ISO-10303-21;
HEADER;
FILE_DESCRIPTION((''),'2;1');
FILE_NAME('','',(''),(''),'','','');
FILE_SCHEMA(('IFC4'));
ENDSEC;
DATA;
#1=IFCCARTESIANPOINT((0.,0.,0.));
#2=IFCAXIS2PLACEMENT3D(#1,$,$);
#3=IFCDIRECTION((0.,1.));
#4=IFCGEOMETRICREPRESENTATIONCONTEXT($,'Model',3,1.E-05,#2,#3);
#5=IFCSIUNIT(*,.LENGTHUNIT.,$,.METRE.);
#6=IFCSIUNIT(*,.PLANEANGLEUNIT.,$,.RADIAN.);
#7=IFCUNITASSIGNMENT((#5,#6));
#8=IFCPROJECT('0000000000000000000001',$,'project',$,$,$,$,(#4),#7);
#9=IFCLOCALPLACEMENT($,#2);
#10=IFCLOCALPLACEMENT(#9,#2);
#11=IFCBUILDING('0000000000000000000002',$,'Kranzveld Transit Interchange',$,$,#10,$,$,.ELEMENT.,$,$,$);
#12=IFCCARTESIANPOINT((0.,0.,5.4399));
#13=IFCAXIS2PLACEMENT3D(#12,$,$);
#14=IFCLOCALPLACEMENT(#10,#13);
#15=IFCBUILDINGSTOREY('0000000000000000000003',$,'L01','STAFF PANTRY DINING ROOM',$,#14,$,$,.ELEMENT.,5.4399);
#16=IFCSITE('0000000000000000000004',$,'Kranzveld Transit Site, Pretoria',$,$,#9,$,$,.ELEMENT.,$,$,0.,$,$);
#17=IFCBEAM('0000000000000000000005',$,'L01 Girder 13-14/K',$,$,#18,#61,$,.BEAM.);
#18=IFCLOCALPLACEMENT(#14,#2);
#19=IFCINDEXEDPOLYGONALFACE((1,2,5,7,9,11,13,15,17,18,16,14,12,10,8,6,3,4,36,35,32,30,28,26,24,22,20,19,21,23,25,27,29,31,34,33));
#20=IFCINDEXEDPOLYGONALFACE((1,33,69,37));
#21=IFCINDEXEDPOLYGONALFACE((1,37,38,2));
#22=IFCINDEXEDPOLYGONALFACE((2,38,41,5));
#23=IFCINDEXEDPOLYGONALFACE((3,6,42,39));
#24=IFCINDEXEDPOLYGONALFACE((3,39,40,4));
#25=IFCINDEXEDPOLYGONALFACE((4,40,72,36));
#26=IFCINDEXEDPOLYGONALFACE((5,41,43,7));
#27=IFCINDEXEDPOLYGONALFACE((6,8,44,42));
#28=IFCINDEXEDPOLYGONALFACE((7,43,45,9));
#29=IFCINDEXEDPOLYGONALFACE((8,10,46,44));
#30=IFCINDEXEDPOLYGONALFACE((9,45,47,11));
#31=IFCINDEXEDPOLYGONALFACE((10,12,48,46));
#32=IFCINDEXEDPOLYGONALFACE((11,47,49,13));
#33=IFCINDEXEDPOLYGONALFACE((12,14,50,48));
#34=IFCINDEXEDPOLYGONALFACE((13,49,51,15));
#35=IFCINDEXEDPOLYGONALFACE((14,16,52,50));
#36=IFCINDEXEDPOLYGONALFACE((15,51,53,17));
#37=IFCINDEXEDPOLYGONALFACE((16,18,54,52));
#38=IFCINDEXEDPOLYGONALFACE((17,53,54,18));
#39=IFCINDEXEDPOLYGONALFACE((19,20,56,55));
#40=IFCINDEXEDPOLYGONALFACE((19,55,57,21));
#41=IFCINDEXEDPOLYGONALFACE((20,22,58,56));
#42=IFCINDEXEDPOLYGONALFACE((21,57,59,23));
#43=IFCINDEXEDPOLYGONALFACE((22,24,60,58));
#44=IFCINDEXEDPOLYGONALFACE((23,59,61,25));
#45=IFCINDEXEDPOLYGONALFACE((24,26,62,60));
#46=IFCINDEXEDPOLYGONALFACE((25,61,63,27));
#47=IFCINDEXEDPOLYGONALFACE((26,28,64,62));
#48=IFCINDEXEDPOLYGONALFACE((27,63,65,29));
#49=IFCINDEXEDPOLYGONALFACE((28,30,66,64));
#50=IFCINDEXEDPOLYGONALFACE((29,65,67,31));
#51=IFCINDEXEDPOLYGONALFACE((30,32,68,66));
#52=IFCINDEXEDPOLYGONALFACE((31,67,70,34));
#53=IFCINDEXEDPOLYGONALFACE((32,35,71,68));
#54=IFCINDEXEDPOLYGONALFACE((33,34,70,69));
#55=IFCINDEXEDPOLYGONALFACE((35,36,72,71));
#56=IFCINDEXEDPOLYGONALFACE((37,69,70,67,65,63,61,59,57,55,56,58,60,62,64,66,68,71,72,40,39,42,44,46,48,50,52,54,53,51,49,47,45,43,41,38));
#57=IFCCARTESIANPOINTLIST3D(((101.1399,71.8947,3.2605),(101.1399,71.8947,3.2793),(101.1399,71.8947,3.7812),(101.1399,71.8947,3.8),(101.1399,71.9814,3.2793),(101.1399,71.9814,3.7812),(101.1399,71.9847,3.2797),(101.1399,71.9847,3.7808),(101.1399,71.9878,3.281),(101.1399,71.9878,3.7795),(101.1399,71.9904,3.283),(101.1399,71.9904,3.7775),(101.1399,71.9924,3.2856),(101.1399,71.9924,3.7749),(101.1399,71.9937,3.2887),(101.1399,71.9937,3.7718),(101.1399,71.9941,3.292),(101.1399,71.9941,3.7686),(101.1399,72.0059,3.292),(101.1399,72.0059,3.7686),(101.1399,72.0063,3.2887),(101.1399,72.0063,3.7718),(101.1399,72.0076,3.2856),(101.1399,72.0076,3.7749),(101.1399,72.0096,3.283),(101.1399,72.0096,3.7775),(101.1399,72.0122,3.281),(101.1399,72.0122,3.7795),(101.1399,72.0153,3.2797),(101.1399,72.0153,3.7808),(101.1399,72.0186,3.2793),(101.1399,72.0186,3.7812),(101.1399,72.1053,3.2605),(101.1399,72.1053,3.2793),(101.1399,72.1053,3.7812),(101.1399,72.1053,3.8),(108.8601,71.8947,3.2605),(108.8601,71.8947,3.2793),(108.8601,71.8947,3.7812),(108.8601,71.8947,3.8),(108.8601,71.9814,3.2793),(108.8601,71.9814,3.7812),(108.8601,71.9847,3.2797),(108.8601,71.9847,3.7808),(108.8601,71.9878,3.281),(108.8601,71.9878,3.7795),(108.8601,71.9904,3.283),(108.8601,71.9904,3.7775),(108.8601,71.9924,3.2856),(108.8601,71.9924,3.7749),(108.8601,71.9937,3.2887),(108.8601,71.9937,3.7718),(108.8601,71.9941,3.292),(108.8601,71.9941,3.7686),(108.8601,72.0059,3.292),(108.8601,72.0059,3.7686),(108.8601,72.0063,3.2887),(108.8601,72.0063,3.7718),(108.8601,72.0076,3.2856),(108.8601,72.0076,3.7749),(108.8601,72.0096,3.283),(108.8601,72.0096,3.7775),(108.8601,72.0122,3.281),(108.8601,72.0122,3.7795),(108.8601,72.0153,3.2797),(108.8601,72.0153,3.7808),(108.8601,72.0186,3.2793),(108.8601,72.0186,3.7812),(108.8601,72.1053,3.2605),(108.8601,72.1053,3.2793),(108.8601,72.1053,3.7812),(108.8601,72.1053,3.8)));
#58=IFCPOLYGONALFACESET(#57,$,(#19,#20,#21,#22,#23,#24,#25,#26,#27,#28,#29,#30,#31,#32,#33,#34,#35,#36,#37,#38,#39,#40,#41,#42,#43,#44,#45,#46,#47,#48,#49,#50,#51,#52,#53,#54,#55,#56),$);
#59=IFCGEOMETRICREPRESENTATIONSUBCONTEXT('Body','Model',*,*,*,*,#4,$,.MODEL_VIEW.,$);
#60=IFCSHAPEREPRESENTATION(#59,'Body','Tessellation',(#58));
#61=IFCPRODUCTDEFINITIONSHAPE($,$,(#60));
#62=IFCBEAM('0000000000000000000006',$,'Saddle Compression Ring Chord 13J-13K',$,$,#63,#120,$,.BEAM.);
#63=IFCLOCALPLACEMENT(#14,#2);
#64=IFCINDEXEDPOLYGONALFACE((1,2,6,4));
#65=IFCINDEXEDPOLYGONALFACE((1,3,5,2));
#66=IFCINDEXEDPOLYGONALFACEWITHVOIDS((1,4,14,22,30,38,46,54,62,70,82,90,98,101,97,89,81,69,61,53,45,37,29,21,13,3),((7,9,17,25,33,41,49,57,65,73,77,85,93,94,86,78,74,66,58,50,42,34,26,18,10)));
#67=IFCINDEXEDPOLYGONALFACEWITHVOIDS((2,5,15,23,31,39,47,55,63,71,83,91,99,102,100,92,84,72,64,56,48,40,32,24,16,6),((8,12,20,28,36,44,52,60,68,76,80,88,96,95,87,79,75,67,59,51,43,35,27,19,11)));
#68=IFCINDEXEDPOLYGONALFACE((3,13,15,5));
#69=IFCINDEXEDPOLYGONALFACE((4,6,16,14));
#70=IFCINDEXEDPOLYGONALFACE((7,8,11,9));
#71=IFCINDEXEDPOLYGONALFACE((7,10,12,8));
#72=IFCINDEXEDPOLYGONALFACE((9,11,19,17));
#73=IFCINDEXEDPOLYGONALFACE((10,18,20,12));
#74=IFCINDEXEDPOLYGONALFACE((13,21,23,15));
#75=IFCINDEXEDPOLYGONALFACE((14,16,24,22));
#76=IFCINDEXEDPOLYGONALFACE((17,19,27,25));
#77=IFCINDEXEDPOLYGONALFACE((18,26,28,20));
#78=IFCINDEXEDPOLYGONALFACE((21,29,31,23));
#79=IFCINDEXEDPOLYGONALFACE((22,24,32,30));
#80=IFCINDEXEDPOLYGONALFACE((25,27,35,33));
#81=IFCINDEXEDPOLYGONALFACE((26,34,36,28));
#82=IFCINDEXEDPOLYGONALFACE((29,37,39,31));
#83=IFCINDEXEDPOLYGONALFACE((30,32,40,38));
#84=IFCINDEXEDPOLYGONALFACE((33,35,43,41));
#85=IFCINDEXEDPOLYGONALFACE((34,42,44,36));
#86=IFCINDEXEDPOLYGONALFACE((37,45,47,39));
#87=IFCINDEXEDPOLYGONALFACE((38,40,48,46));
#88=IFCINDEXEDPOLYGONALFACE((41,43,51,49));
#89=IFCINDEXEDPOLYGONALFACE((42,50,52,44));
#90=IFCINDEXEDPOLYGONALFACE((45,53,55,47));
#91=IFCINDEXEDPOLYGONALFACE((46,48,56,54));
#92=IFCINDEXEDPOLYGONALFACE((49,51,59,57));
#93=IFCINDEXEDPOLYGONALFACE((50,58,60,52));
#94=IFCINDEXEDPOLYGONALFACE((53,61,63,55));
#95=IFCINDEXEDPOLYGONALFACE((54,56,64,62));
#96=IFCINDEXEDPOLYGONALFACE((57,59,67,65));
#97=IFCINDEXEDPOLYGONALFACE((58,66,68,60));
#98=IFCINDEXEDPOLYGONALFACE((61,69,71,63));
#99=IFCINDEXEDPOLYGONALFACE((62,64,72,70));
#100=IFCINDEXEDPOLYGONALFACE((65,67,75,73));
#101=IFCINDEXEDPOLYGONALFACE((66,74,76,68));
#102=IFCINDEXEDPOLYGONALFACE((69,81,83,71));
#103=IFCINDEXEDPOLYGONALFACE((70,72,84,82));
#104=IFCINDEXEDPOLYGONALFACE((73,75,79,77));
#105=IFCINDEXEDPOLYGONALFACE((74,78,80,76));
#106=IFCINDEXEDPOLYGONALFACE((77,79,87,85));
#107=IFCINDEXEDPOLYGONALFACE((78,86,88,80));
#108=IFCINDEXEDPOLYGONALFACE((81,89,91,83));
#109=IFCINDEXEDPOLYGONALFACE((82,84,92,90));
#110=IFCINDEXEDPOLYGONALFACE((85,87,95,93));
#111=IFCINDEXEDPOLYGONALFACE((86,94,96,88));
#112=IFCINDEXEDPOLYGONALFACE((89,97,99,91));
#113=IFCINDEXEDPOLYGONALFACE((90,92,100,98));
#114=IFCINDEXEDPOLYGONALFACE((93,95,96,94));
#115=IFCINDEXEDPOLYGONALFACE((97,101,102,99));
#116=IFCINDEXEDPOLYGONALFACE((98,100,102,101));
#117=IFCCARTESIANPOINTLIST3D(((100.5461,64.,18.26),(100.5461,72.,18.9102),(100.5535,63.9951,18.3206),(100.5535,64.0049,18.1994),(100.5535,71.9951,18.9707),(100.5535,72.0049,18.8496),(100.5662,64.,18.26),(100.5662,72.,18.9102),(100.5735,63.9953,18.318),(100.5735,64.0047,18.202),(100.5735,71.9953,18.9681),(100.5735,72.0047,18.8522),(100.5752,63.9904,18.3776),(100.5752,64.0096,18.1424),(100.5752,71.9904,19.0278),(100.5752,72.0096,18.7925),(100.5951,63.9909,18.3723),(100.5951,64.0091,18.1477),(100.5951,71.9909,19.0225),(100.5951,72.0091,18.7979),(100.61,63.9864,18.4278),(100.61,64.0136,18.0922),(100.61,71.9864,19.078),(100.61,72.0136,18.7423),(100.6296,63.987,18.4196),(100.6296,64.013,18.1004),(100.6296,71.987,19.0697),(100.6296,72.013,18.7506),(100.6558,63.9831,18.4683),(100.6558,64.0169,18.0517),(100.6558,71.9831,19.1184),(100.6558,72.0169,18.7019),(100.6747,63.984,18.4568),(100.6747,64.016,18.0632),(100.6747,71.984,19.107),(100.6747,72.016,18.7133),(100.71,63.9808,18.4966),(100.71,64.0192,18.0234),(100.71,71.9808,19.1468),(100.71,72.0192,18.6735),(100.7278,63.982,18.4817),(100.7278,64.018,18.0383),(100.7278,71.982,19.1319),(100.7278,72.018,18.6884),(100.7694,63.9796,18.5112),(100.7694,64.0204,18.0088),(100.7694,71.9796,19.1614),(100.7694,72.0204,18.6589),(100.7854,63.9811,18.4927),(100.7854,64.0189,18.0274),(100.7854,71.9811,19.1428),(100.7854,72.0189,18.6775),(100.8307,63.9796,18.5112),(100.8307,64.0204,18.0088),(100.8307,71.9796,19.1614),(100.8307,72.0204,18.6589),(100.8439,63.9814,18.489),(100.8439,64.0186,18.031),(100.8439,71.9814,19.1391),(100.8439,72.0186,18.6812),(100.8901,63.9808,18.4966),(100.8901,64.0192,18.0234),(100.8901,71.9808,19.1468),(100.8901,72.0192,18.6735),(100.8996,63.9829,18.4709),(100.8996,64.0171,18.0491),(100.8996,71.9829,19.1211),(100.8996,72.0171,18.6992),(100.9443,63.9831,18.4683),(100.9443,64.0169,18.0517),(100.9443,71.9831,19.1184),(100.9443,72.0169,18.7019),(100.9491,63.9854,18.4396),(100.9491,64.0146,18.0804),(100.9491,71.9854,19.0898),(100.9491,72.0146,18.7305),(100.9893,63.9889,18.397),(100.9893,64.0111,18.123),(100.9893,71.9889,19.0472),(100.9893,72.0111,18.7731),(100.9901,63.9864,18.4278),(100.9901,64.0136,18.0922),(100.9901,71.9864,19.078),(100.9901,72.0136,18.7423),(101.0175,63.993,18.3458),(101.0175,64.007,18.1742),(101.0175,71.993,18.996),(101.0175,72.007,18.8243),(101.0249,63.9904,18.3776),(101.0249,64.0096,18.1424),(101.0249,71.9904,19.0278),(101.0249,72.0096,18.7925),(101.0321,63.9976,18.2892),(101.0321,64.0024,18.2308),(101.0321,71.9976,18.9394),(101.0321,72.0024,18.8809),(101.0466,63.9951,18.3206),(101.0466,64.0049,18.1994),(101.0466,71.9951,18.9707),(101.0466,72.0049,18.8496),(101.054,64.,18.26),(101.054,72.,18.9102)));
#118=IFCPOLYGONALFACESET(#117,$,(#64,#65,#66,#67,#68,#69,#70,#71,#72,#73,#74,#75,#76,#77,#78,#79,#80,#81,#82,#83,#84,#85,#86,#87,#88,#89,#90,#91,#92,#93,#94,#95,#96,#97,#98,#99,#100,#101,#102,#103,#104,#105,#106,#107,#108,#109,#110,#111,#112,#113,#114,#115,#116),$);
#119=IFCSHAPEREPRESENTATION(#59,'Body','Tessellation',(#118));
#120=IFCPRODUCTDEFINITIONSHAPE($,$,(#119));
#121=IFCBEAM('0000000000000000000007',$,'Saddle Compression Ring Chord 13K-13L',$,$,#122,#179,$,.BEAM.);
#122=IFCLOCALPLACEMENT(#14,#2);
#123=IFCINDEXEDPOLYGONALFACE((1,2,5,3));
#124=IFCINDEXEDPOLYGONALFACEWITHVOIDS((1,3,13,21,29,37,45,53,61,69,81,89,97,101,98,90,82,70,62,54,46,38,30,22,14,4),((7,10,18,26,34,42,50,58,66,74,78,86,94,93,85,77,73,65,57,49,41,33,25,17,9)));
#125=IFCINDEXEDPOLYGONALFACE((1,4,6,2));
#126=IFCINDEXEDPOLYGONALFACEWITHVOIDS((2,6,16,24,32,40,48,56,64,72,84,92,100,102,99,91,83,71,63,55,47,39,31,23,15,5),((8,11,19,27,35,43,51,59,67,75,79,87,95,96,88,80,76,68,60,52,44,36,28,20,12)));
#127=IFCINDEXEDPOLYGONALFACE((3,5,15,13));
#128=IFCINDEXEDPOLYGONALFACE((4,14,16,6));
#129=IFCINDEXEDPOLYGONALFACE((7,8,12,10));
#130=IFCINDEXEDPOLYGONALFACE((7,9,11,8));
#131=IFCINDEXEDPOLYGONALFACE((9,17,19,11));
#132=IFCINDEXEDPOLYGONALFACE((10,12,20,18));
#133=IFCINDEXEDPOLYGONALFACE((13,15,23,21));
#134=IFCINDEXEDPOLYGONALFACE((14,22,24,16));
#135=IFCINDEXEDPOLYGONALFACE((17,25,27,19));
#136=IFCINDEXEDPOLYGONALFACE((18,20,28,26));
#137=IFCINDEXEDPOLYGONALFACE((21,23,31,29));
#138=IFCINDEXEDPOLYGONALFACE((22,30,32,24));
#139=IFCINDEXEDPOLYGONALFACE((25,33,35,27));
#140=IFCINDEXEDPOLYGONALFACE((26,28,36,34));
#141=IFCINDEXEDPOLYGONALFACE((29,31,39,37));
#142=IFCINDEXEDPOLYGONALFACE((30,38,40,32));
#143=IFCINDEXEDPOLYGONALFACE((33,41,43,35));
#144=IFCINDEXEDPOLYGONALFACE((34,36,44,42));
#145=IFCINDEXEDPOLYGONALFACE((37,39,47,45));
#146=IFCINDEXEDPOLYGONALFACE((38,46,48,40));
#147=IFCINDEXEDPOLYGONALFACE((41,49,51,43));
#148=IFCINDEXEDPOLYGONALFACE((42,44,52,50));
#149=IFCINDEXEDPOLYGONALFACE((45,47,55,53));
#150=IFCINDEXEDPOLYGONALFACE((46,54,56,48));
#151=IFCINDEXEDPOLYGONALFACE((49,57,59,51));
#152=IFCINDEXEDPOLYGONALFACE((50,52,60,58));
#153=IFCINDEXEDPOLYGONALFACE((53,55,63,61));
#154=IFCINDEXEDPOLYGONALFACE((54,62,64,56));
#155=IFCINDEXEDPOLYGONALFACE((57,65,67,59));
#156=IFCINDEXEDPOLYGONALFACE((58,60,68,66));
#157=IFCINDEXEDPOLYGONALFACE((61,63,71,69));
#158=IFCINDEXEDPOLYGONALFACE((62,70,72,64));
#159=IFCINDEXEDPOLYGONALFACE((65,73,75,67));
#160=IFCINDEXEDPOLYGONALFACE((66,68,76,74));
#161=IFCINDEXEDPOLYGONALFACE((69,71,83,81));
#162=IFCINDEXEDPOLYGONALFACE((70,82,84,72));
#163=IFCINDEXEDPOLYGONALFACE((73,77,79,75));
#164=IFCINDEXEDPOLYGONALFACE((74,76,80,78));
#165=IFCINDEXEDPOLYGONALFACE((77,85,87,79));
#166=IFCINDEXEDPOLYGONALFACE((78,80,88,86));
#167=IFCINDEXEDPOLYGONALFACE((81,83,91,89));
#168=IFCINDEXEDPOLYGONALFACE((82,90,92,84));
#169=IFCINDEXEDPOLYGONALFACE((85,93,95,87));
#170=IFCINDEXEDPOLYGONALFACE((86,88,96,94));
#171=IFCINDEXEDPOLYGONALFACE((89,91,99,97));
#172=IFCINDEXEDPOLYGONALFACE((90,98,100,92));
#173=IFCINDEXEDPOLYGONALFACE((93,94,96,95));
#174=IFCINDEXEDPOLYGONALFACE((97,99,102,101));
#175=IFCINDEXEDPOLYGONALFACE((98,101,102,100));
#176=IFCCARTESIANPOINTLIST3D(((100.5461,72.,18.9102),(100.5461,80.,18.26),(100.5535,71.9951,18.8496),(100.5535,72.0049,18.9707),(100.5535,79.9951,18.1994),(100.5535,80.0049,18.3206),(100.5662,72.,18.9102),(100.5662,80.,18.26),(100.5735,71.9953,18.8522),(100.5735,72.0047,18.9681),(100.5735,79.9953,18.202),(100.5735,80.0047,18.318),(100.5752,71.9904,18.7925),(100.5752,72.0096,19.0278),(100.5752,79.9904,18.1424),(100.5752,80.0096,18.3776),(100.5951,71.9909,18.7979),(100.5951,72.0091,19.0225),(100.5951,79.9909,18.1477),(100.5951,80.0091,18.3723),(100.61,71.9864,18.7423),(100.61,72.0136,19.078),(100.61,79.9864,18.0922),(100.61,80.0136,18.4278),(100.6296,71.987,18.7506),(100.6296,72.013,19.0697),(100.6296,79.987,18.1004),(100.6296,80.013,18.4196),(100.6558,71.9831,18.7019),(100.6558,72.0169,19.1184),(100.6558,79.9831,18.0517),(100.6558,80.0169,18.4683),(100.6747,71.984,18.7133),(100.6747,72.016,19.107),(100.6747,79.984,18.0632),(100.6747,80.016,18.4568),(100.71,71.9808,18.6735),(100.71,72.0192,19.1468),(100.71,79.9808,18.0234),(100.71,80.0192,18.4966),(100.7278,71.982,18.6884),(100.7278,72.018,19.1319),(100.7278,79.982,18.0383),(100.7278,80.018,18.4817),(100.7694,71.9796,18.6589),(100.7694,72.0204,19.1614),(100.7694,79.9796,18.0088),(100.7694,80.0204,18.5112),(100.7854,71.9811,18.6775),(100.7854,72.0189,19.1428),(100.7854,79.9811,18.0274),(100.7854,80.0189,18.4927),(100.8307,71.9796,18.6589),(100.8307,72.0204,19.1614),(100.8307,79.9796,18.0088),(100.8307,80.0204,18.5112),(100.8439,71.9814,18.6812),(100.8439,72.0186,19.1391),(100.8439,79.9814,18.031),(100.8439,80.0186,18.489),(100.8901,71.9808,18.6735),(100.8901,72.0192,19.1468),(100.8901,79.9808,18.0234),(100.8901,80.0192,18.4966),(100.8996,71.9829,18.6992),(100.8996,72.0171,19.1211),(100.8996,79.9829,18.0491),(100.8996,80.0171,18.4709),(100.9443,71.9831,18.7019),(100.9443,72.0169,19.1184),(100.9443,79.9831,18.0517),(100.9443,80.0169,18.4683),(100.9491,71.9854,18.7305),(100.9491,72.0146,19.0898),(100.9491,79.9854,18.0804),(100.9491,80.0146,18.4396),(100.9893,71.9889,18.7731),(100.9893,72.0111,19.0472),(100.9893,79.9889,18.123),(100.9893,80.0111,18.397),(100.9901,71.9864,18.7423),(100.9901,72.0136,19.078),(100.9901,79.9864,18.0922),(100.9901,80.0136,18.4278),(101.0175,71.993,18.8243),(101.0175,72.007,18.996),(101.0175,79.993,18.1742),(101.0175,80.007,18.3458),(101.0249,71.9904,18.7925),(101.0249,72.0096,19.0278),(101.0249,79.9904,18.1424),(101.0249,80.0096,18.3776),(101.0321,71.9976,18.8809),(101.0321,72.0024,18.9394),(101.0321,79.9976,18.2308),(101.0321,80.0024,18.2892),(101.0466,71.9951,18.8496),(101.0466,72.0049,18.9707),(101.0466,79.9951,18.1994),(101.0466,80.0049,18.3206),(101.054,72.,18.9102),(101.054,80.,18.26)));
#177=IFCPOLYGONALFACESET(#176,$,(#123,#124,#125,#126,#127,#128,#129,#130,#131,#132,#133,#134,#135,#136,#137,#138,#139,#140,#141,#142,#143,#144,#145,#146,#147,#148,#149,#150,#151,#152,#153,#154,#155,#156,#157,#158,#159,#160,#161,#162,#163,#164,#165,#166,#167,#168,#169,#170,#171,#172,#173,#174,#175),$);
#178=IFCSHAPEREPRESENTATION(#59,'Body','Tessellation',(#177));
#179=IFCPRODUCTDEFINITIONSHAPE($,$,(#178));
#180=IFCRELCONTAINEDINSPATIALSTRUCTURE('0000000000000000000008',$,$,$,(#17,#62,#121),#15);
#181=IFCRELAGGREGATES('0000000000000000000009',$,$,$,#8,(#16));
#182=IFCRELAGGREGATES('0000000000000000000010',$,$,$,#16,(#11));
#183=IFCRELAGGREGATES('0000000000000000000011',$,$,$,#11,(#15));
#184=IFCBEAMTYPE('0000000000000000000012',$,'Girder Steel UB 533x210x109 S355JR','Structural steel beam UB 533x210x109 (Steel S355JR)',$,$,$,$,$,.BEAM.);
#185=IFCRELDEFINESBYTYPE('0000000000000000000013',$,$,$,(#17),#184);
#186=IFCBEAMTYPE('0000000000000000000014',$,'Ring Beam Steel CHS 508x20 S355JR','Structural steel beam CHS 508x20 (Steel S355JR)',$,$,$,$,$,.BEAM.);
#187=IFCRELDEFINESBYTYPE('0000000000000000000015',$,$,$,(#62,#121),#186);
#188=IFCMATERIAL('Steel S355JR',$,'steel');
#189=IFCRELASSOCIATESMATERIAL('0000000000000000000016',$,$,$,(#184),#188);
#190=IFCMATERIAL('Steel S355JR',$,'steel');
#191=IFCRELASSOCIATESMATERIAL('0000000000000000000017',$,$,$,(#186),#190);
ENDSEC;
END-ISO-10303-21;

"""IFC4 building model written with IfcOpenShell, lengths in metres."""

from ifc_helpers import new_model, si_unit, direction, frame, origin, origin_2d, place, context, subcontext, project, spatial, hollow_circle, i_section, extrude, material, material_profile, profile_set, type_object, element, save


model = new_model("IFC4")

# Units and contexts
model_context = context("Model", 3, precision=1e-05, world=origin(), true_north=direction((0.0, 1.0)))
body_context = subcontext(model_context, "Body", "Model", "MODEL_VIEW")
ifc_project = project(units=[si_unit("LENGTHUNIT", "METRE"), si_unit("PLANEANGLEUNIT", "RADIAN")], contexts=[model_context])

# Site, building, storey
site_placement = place(None, origin())
site = spatial("IfcSite", under=ifc_project, at=site_placement, Name="Kranzveld Transit Site, Pretoria", CompositionType="ELEMENT", RefElevation=0.0)
building_placement = place(site_placement, origin())
building = spatial("IfcBuilding", under=site, at=building_placement, Name="Kranzveld Transit Interchange", CompositionType="ELEMENT")
storey_placement = place(building_placement, frame((0.0, 0.0, 5.4399)))
storey = spatial("IfcBuildingStorey", under=building, at=storey_placement, Name="L01", Description="STAFF PANTRY DINING ROOM", CompositionType="ELEMENT", Elevation=5.4399)

# Beams
ifc_material_1 = material(Name="Steel S355JR", Category="steel")
ifc_material_profile_1 = material_profile(ifc_material_1, i_section(OverallWidth=0.2107, OverallDepth=0.5396, WebThickness=0.0117, FlangeThickness=0.0188, FilletRadius=0.0127, at=origin_2d()), Name="UB 533x210x109")
ifc_profile_set_1 = profile_set([ifc_material_profile_1], Name="Steel S355JR")
beam_type_1 = type_object("IfcBeamType", Name="Girder Steel UB 533x210x109 S355JR", Description="Structural steel beam UB 533x210x109 (Steel S355JR)", PredefinedType="BEAM", material=ifc_profile_set_1)
beam_1_placement = place(storey_placement, frame((101.1399, 72.0, 3.5303), z_axis=(1.0, 0.0, 0.0), x_axis=(0.0, 1.0, 0.0)))
element("IfcBeam", 1, at=beam_1_placement, inside=storey, type_object=beam_type_1, Name="L01 Girder 13-14/K", PredefinedType="BEAM", context=body_context, shape_type="SweptSolid", body=[
    extrude(i_section(OverallWidth=0.2107, OverallDepth=0.5396, WebThickness=0.0117, FlangeThickness=0.0188, FilletRadius=0.0127, at=origin_2d()), origin(), (0.0, 0.0, 1.0), 7.7202),
])
ifc_material_2 = material(Name="Steel S355JR", Category="steel")
ifc_material_profile_2 = material_profile(ifc_material_2, hollow_circle(Radius=0.2539, WallThickness=0.02, at=origin_2d()), Name="CHS 508x20")
ifc_profile_set_2 = profile_set([ifc_material_profile_2], Name="Steel S355JR")
beam_type_2 = type_object("IfcBeamType", Name="Ring Beam Steel CHS 508x20 S355JR", Description="Structural steel beam CHS 508x20 (Steel S355JR)", PredefinedType="BEAM", material=ifc_profile_set_2)
for number, where, z_axis, x_axis, name in (
    (2, (100.8, 64.0, 18.26), (0.0, 0.996714, 0.081001), (-1.0, 0.0, 0.0), "Saddle Compression Ring Chord 13J-13K"),
    (3, (100.8, 72.0, 18.9102), (0.0, 0.996714, -0.081001), (-1.0, 0.0, 0.0), "Saddle Compression Ring Chord 13K-13L"),
):
    element("IfcBeam", number, at=place(storey_placement, frame(where, z_axis=z_axis, x_axis=x_axis)), inside=storey, type_object=beam_type_2, Name=name, PredefinedType="BEAM", context=body_context, shape_type="SweptSolid", body=[
        extrude(hollow_circle(Radius=0.2539, WallThickness=0.02, at=origin_2d()), origin(), (0.0, 0.0, 1.0), 8.0264),
    ])

save(model, "model.ifc")
